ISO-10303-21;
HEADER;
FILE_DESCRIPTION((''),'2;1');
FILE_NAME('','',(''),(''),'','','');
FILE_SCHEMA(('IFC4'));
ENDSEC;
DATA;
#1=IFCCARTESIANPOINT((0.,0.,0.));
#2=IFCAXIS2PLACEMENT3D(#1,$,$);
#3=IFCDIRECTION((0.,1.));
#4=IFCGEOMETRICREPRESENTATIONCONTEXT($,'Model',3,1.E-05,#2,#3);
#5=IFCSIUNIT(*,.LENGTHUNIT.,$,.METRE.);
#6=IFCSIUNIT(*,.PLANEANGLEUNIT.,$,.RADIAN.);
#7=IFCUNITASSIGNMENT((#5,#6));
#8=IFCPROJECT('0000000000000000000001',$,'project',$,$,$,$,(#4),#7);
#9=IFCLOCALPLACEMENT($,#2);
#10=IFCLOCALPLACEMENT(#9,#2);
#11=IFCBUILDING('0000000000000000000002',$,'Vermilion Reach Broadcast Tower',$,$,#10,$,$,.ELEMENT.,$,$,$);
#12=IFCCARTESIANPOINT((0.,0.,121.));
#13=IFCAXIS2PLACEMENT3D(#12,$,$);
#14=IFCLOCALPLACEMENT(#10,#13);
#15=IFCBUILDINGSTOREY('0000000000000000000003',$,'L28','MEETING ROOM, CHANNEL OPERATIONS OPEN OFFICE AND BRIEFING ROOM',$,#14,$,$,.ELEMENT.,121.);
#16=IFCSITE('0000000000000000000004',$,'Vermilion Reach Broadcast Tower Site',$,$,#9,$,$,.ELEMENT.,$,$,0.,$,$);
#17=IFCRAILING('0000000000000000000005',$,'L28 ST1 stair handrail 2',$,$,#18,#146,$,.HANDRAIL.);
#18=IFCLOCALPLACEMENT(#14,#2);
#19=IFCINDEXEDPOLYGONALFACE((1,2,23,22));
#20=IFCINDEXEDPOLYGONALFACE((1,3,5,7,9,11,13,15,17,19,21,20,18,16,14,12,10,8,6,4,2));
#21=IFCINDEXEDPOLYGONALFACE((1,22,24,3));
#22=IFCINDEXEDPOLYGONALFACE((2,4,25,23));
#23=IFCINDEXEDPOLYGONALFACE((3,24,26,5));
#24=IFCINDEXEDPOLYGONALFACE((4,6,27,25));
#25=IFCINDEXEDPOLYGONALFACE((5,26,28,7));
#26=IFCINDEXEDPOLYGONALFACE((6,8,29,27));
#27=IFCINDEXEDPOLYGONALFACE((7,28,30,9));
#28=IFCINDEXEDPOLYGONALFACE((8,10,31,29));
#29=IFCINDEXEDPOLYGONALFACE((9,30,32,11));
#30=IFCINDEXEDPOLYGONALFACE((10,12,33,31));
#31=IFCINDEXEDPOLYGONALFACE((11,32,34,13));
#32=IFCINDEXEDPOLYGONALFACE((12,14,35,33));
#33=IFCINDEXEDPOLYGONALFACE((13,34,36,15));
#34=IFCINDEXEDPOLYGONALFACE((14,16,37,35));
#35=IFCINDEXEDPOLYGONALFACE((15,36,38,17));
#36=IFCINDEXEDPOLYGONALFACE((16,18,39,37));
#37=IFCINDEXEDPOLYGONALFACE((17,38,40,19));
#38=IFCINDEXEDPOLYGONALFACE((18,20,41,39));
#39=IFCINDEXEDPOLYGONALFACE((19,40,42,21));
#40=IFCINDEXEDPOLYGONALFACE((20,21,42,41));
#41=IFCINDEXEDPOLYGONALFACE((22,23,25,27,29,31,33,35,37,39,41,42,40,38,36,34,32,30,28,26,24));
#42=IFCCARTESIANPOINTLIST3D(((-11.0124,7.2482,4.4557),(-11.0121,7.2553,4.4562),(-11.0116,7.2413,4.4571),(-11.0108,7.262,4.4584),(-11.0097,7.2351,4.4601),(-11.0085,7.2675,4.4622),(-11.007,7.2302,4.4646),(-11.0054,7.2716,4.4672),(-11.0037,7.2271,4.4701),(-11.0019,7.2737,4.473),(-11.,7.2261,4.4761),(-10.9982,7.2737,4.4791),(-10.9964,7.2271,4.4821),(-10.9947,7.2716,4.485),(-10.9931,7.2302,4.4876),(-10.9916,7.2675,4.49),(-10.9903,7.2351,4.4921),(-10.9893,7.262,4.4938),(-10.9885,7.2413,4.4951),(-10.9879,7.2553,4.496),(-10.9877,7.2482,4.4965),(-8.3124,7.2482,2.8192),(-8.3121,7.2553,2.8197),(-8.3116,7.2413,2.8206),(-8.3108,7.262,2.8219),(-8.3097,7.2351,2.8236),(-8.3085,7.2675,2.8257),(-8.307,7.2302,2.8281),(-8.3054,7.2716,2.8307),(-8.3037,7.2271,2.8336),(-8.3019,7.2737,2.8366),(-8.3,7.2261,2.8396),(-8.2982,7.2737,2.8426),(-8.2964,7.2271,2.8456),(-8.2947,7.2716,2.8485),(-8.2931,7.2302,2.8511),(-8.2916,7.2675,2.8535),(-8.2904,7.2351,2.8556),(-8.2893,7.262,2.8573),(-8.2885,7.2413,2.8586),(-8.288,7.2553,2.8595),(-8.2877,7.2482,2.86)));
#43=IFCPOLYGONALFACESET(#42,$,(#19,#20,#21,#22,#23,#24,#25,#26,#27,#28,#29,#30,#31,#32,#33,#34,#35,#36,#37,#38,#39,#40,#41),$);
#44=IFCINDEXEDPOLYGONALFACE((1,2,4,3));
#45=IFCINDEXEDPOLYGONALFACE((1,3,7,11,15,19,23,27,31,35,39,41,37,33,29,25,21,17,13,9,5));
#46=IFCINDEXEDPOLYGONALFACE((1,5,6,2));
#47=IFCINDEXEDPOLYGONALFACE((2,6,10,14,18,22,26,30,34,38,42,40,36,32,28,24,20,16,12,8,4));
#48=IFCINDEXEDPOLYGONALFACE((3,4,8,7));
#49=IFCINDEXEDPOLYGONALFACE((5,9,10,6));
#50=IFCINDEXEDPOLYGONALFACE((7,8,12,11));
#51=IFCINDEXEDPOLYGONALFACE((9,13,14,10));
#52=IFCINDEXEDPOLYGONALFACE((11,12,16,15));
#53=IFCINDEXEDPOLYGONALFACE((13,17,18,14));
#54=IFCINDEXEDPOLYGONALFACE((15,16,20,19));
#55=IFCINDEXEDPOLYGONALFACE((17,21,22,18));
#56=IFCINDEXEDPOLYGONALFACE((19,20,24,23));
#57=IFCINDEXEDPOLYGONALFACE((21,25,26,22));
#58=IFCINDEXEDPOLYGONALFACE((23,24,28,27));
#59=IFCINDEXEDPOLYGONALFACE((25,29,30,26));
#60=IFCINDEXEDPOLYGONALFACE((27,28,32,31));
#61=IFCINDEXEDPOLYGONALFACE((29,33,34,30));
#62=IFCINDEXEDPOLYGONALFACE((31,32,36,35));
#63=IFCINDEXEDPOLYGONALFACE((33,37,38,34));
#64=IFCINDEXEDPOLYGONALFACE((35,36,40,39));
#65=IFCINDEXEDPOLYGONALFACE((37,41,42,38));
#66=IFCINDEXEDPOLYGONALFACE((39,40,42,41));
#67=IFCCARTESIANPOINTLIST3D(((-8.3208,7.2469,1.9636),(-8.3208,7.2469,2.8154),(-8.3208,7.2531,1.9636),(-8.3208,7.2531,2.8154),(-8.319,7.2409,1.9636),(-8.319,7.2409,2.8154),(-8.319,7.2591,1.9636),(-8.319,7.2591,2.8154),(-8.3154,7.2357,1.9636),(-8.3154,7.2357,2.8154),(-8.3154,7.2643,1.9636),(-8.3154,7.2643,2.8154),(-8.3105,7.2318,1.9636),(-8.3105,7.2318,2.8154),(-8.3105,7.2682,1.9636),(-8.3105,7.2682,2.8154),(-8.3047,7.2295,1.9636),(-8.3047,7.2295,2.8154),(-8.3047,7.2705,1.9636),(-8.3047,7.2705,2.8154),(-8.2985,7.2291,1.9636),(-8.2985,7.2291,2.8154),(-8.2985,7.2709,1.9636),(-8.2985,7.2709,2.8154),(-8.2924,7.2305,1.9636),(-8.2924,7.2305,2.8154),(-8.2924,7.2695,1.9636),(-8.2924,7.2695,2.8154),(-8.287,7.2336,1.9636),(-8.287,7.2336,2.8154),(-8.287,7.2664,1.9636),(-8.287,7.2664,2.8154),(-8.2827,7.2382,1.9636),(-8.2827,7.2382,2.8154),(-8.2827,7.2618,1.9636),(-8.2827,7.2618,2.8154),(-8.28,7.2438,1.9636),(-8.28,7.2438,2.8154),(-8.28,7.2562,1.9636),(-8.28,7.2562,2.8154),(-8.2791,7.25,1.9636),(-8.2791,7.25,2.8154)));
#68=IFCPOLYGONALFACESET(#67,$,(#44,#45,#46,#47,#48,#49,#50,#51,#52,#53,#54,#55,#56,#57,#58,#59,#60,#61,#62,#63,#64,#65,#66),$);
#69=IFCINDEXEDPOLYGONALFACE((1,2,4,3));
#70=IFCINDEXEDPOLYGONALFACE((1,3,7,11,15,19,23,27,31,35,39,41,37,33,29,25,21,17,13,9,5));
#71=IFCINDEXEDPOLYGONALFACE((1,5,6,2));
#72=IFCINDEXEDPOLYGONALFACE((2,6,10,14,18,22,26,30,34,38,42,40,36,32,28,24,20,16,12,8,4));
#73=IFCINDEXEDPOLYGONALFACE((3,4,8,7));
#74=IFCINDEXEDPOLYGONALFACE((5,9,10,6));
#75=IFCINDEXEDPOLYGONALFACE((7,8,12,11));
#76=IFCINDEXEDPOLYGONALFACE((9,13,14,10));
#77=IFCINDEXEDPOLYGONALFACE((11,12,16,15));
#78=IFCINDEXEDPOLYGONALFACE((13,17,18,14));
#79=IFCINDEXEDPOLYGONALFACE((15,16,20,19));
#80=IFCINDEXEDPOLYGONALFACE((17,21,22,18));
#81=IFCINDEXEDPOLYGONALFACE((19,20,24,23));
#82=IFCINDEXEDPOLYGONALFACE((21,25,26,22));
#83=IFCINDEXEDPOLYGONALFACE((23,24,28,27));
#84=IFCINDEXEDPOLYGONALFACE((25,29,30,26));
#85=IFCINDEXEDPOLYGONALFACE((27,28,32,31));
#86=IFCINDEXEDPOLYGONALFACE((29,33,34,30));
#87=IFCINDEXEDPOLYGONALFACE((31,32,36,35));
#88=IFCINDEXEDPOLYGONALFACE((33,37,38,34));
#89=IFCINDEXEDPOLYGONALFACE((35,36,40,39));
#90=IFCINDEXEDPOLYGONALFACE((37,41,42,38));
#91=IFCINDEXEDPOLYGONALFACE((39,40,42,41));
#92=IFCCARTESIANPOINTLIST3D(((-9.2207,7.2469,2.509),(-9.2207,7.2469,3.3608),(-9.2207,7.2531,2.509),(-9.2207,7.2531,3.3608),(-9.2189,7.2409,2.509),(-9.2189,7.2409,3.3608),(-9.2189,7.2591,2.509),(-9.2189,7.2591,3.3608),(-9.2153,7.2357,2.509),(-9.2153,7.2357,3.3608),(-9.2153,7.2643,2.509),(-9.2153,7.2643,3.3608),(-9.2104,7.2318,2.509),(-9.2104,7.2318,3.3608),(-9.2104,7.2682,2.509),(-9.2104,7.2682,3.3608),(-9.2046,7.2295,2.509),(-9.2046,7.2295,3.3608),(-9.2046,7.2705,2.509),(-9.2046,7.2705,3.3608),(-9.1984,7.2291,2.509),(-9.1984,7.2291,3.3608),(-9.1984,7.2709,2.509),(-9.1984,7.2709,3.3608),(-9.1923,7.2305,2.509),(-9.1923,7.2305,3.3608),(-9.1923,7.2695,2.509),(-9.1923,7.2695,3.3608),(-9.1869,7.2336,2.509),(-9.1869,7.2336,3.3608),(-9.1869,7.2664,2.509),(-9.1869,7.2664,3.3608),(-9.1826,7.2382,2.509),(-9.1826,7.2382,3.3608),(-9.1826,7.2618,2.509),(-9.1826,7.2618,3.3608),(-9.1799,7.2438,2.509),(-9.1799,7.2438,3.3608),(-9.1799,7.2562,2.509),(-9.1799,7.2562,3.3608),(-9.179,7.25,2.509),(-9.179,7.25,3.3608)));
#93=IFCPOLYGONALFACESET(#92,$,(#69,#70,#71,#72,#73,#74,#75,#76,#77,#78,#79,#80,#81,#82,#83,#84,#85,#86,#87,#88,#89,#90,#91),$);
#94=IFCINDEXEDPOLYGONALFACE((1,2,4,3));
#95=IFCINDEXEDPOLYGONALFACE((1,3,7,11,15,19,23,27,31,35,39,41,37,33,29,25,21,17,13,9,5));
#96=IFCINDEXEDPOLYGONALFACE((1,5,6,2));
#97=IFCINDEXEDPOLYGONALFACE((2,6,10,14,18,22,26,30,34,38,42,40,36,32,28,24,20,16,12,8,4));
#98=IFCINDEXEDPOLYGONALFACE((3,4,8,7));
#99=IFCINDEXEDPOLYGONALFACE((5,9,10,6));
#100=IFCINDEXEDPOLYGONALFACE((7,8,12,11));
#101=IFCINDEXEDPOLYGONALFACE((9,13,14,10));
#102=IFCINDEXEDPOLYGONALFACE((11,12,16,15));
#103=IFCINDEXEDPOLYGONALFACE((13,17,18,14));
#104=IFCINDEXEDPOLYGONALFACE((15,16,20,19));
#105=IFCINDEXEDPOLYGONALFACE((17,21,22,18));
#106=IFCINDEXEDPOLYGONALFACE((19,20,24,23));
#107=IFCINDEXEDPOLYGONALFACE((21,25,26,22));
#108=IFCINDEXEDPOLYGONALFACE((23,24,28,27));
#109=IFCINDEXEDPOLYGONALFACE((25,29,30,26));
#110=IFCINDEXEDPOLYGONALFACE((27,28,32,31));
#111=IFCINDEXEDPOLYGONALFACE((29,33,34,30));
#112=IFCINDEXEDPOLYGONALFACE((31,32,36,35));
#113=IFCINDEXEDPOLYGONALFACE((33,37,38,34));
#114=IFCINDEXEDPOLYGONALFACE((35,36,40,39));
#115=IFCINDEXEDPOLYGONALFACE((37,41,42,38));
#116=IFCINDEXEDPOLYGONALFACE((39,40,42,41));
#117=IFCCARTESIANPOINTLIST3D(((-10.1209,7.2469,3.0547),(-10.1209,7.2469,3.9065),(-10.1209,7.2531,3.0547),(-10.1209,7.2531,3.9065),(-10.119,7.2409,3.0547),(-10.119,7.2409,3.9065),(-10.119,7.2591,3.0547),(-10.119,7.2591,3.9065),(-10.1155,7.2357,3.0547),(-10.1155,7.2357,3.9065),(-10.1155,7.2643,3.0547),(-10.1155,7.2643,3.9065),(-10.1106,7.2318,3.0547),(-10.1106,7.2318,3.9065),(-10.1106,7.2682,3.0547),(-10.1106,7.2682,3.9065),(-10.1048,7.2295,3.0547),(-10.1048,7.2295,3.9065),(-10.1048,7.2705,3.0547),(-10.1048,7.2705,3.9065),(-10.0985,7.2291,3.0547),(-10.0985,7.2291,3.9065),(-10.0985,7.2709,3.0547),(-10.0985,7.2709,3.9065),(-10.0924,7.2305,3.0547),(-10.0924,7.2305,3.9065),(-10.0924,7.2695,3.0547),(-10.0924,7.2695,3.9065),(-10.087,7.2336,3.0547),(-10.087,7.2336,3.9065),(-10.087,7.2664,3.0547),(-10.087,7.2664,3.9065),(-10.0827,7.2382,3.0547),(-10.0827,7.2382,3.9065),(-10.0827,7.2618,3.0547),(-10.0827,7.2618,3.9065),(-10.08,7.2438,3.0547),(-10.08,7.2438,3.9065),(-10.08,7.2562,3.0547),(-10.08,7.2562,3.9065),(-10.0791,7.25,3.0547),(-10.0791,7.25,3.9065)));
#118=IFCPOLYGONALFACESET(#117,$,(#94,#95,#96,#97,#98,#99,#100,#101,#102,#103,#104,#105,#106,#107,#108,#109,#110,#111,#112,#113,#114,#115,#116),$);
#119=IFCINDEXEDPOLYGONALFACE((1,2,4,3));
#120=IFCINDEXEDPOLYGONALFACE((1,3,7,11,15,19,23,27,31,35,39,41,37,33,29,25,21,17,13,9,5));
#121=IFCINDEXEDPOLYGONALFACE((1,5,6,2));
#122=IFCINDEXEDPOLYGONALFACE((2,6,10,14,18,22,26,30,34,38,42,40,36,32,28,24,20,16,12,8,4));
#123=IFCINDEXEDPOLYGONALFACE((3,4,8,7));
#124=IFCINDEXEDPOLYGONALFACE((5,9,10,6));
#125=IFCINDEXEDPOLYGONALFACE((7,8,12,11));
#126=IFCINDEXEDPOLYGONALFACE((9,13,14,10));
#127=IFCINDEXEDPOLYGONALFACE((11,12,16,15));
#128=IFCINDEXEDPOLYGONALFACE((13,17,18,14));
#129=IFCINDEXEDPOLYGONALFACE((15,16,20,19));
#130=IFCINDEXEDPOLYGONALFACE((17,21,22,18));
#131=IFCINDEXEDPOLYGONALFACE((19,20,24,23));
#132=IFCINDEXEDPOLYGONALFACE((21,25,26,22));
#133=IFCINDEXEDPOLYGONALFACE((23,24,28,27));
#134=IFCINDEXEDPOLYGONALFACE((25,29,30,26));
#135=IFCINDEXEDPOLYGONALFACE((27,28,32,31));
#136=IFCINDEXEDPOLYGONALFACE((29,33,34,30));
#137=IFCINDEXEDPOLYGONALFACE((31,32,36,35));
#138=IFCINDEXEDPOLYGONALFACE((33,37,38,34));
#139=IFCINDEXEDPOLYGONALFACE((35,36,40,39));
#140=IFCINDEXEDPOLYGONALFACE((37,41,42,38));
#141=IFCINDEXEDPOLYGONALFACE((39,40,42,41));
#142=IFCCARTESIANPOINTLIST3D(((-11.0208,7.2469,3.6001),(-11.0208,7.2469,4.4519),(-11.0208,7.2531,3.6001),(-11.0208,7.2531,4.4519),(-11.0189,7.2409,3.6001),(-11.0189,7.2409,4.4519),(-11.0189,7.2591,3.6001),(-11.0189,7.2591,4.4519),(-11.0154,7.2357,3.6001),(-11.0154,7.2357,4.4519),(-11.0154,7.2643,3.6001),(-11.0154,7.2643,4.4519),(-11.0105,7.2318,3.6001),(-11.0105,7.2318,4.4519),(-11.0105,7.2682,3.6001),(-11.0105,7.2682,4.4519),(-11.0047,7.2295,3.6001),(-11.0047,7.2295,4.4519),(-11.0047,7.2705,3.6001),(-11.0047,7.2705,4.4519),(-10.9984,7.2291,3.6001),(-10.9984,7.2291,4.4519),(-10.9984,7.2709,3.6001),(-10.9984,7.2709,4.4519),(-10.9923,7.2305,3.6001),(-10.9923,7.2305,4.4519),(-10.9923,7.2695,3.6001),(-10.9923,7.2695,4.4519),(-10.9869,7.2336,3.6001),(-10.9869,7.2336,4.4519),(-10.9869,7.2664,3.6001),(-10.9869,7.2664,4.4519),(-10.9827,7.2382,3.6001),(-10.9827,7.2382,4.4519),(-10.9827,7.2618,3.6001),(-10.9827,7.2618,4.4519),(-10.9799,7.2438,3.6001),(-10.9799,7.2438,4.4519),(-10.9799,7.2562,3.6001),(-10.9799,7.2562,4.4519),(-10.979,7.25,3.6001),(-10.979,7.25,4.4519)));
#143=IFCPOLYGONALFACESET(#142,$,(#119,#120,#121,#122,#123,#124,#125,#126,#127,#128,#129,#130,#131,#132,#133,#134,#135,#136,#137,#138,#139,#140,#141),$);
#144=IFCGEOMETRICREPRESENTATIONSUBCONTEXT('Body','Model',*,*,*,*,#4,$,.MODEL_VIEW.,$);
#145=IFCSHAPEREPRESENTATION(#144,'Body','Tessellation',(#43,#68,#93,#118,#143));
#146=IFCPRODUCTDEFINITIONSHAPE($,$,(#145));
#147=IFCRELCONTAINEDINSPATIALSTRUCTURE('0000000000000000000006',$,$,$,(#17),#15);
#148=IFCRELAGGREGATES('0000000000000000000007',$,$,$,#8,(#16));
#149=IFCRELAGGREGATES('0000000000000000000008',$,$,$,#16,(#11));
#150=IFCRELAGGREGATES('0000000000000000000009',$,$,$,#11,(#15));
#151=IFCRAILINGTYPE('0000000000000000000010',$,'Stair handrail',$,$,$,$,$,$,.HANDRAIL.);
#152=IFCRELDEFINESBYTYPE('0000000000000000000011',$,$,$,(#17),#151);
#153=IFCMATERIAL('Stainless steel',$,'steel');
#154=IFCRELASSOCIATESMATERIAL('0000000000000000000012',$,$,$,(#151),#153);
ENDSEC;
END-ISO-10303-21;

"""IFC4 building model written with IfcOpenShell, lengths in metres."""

from ifc_helpers import new_model, si_unit, direction, frame, origin, origin_2d, place, context, subcontext, project, spatial, circle, extrude, material, type_object, element, save


model = new_model("IFC4")

# Units and contexts
model_context = context("Model", 3, precision=1e-05, world=origin(), true_north=direction((0.0, 1.0)))
body_context = subcontext(model_context, "Body", "Model", "MODEL_VIEW")
ifc_project = project(units=[si_unit("LENGTHUNIT", "METRE"), si_unit("PLANEANGLEUNIT", "RADIAN")], contexts=[model_context])

# Site, building, storey
site_placement = place(None, origin())
site = spatial("IfcSite", under=ifc_project, at=site_placement, Name="Vermilion Reach Broadcast Tower Site", CompositionType="ELEMENT", RefElevation=0.0)
building_placement = place(site_placement, origin())
building = spatial("IfcBuilding", under=site, at=building_placement, Name="Vermilion Reach Broadcast Tower", CompositionType="ELEMENT")
storey_placement = place(building_placement, frame((0.0, 0.0, 121.0)))
storey = spatial("IfcBuildingStorey", under=building, at=storey_placement, Name="L28", Description="MEETING ROOM, CHANNEL OPERATIONS OPEN OFFICE AND BRIEFING ROOM", CompositionType="ELEMENT", Elevation=121.0)

# Railing
ifc_material_1 = material(Name="Stainless steel", Category="steel")
railing_type_1 = type_object("IfcRailingType", Name="Stair handrail", PredefinedType="HANDRAIL", material=ifc_material_1)
railing_1_placement = place(storey_placement, frame((-8.3, 7.25, 1.9636)))
element("IfcRailing", 1, at=railing_1_placement, inside=storey, type_object=railing_type_1, Name="L28 ST1 stair handrail 2", PredefinedType="HANDRAIL", context=body_context, shape_type="SweptSolid", body=[
    extrude(circle(Radius=0.0239, at=origin_2d()), frame((0.0, 0.0, 0.876), z_axis=(-0.855178, 0.0, 0.518334), x_axis=(0.0, -1.0, 0.0)), (0.0, 0.0, 1.0), 3.1572),
    extrude(circle(Radius=0.021, at=origin_2d()), origin(), (0.0, 0.0, 1.0), 0.8518),
    extrude(circle(Radius=0.021, at=origin_2d()), frame((-0.8999, 0.0, 0.5454)), (0.0, 0.0, 1.0), 0.8518),
    extrude(circle(Radius=0.021, at=origin_2d()), frame((-1.8, 0.0, 1.0911)), (0.0, 0.0, 1.0), 0.8518),
    extrude(circle(Radius=0.021, at=origin_2d()), frame((-2.7, 0.0, 1.6365)), (0.0, 0.0, 1.0), 0.8518),
])

save(model, "model.ifc")
